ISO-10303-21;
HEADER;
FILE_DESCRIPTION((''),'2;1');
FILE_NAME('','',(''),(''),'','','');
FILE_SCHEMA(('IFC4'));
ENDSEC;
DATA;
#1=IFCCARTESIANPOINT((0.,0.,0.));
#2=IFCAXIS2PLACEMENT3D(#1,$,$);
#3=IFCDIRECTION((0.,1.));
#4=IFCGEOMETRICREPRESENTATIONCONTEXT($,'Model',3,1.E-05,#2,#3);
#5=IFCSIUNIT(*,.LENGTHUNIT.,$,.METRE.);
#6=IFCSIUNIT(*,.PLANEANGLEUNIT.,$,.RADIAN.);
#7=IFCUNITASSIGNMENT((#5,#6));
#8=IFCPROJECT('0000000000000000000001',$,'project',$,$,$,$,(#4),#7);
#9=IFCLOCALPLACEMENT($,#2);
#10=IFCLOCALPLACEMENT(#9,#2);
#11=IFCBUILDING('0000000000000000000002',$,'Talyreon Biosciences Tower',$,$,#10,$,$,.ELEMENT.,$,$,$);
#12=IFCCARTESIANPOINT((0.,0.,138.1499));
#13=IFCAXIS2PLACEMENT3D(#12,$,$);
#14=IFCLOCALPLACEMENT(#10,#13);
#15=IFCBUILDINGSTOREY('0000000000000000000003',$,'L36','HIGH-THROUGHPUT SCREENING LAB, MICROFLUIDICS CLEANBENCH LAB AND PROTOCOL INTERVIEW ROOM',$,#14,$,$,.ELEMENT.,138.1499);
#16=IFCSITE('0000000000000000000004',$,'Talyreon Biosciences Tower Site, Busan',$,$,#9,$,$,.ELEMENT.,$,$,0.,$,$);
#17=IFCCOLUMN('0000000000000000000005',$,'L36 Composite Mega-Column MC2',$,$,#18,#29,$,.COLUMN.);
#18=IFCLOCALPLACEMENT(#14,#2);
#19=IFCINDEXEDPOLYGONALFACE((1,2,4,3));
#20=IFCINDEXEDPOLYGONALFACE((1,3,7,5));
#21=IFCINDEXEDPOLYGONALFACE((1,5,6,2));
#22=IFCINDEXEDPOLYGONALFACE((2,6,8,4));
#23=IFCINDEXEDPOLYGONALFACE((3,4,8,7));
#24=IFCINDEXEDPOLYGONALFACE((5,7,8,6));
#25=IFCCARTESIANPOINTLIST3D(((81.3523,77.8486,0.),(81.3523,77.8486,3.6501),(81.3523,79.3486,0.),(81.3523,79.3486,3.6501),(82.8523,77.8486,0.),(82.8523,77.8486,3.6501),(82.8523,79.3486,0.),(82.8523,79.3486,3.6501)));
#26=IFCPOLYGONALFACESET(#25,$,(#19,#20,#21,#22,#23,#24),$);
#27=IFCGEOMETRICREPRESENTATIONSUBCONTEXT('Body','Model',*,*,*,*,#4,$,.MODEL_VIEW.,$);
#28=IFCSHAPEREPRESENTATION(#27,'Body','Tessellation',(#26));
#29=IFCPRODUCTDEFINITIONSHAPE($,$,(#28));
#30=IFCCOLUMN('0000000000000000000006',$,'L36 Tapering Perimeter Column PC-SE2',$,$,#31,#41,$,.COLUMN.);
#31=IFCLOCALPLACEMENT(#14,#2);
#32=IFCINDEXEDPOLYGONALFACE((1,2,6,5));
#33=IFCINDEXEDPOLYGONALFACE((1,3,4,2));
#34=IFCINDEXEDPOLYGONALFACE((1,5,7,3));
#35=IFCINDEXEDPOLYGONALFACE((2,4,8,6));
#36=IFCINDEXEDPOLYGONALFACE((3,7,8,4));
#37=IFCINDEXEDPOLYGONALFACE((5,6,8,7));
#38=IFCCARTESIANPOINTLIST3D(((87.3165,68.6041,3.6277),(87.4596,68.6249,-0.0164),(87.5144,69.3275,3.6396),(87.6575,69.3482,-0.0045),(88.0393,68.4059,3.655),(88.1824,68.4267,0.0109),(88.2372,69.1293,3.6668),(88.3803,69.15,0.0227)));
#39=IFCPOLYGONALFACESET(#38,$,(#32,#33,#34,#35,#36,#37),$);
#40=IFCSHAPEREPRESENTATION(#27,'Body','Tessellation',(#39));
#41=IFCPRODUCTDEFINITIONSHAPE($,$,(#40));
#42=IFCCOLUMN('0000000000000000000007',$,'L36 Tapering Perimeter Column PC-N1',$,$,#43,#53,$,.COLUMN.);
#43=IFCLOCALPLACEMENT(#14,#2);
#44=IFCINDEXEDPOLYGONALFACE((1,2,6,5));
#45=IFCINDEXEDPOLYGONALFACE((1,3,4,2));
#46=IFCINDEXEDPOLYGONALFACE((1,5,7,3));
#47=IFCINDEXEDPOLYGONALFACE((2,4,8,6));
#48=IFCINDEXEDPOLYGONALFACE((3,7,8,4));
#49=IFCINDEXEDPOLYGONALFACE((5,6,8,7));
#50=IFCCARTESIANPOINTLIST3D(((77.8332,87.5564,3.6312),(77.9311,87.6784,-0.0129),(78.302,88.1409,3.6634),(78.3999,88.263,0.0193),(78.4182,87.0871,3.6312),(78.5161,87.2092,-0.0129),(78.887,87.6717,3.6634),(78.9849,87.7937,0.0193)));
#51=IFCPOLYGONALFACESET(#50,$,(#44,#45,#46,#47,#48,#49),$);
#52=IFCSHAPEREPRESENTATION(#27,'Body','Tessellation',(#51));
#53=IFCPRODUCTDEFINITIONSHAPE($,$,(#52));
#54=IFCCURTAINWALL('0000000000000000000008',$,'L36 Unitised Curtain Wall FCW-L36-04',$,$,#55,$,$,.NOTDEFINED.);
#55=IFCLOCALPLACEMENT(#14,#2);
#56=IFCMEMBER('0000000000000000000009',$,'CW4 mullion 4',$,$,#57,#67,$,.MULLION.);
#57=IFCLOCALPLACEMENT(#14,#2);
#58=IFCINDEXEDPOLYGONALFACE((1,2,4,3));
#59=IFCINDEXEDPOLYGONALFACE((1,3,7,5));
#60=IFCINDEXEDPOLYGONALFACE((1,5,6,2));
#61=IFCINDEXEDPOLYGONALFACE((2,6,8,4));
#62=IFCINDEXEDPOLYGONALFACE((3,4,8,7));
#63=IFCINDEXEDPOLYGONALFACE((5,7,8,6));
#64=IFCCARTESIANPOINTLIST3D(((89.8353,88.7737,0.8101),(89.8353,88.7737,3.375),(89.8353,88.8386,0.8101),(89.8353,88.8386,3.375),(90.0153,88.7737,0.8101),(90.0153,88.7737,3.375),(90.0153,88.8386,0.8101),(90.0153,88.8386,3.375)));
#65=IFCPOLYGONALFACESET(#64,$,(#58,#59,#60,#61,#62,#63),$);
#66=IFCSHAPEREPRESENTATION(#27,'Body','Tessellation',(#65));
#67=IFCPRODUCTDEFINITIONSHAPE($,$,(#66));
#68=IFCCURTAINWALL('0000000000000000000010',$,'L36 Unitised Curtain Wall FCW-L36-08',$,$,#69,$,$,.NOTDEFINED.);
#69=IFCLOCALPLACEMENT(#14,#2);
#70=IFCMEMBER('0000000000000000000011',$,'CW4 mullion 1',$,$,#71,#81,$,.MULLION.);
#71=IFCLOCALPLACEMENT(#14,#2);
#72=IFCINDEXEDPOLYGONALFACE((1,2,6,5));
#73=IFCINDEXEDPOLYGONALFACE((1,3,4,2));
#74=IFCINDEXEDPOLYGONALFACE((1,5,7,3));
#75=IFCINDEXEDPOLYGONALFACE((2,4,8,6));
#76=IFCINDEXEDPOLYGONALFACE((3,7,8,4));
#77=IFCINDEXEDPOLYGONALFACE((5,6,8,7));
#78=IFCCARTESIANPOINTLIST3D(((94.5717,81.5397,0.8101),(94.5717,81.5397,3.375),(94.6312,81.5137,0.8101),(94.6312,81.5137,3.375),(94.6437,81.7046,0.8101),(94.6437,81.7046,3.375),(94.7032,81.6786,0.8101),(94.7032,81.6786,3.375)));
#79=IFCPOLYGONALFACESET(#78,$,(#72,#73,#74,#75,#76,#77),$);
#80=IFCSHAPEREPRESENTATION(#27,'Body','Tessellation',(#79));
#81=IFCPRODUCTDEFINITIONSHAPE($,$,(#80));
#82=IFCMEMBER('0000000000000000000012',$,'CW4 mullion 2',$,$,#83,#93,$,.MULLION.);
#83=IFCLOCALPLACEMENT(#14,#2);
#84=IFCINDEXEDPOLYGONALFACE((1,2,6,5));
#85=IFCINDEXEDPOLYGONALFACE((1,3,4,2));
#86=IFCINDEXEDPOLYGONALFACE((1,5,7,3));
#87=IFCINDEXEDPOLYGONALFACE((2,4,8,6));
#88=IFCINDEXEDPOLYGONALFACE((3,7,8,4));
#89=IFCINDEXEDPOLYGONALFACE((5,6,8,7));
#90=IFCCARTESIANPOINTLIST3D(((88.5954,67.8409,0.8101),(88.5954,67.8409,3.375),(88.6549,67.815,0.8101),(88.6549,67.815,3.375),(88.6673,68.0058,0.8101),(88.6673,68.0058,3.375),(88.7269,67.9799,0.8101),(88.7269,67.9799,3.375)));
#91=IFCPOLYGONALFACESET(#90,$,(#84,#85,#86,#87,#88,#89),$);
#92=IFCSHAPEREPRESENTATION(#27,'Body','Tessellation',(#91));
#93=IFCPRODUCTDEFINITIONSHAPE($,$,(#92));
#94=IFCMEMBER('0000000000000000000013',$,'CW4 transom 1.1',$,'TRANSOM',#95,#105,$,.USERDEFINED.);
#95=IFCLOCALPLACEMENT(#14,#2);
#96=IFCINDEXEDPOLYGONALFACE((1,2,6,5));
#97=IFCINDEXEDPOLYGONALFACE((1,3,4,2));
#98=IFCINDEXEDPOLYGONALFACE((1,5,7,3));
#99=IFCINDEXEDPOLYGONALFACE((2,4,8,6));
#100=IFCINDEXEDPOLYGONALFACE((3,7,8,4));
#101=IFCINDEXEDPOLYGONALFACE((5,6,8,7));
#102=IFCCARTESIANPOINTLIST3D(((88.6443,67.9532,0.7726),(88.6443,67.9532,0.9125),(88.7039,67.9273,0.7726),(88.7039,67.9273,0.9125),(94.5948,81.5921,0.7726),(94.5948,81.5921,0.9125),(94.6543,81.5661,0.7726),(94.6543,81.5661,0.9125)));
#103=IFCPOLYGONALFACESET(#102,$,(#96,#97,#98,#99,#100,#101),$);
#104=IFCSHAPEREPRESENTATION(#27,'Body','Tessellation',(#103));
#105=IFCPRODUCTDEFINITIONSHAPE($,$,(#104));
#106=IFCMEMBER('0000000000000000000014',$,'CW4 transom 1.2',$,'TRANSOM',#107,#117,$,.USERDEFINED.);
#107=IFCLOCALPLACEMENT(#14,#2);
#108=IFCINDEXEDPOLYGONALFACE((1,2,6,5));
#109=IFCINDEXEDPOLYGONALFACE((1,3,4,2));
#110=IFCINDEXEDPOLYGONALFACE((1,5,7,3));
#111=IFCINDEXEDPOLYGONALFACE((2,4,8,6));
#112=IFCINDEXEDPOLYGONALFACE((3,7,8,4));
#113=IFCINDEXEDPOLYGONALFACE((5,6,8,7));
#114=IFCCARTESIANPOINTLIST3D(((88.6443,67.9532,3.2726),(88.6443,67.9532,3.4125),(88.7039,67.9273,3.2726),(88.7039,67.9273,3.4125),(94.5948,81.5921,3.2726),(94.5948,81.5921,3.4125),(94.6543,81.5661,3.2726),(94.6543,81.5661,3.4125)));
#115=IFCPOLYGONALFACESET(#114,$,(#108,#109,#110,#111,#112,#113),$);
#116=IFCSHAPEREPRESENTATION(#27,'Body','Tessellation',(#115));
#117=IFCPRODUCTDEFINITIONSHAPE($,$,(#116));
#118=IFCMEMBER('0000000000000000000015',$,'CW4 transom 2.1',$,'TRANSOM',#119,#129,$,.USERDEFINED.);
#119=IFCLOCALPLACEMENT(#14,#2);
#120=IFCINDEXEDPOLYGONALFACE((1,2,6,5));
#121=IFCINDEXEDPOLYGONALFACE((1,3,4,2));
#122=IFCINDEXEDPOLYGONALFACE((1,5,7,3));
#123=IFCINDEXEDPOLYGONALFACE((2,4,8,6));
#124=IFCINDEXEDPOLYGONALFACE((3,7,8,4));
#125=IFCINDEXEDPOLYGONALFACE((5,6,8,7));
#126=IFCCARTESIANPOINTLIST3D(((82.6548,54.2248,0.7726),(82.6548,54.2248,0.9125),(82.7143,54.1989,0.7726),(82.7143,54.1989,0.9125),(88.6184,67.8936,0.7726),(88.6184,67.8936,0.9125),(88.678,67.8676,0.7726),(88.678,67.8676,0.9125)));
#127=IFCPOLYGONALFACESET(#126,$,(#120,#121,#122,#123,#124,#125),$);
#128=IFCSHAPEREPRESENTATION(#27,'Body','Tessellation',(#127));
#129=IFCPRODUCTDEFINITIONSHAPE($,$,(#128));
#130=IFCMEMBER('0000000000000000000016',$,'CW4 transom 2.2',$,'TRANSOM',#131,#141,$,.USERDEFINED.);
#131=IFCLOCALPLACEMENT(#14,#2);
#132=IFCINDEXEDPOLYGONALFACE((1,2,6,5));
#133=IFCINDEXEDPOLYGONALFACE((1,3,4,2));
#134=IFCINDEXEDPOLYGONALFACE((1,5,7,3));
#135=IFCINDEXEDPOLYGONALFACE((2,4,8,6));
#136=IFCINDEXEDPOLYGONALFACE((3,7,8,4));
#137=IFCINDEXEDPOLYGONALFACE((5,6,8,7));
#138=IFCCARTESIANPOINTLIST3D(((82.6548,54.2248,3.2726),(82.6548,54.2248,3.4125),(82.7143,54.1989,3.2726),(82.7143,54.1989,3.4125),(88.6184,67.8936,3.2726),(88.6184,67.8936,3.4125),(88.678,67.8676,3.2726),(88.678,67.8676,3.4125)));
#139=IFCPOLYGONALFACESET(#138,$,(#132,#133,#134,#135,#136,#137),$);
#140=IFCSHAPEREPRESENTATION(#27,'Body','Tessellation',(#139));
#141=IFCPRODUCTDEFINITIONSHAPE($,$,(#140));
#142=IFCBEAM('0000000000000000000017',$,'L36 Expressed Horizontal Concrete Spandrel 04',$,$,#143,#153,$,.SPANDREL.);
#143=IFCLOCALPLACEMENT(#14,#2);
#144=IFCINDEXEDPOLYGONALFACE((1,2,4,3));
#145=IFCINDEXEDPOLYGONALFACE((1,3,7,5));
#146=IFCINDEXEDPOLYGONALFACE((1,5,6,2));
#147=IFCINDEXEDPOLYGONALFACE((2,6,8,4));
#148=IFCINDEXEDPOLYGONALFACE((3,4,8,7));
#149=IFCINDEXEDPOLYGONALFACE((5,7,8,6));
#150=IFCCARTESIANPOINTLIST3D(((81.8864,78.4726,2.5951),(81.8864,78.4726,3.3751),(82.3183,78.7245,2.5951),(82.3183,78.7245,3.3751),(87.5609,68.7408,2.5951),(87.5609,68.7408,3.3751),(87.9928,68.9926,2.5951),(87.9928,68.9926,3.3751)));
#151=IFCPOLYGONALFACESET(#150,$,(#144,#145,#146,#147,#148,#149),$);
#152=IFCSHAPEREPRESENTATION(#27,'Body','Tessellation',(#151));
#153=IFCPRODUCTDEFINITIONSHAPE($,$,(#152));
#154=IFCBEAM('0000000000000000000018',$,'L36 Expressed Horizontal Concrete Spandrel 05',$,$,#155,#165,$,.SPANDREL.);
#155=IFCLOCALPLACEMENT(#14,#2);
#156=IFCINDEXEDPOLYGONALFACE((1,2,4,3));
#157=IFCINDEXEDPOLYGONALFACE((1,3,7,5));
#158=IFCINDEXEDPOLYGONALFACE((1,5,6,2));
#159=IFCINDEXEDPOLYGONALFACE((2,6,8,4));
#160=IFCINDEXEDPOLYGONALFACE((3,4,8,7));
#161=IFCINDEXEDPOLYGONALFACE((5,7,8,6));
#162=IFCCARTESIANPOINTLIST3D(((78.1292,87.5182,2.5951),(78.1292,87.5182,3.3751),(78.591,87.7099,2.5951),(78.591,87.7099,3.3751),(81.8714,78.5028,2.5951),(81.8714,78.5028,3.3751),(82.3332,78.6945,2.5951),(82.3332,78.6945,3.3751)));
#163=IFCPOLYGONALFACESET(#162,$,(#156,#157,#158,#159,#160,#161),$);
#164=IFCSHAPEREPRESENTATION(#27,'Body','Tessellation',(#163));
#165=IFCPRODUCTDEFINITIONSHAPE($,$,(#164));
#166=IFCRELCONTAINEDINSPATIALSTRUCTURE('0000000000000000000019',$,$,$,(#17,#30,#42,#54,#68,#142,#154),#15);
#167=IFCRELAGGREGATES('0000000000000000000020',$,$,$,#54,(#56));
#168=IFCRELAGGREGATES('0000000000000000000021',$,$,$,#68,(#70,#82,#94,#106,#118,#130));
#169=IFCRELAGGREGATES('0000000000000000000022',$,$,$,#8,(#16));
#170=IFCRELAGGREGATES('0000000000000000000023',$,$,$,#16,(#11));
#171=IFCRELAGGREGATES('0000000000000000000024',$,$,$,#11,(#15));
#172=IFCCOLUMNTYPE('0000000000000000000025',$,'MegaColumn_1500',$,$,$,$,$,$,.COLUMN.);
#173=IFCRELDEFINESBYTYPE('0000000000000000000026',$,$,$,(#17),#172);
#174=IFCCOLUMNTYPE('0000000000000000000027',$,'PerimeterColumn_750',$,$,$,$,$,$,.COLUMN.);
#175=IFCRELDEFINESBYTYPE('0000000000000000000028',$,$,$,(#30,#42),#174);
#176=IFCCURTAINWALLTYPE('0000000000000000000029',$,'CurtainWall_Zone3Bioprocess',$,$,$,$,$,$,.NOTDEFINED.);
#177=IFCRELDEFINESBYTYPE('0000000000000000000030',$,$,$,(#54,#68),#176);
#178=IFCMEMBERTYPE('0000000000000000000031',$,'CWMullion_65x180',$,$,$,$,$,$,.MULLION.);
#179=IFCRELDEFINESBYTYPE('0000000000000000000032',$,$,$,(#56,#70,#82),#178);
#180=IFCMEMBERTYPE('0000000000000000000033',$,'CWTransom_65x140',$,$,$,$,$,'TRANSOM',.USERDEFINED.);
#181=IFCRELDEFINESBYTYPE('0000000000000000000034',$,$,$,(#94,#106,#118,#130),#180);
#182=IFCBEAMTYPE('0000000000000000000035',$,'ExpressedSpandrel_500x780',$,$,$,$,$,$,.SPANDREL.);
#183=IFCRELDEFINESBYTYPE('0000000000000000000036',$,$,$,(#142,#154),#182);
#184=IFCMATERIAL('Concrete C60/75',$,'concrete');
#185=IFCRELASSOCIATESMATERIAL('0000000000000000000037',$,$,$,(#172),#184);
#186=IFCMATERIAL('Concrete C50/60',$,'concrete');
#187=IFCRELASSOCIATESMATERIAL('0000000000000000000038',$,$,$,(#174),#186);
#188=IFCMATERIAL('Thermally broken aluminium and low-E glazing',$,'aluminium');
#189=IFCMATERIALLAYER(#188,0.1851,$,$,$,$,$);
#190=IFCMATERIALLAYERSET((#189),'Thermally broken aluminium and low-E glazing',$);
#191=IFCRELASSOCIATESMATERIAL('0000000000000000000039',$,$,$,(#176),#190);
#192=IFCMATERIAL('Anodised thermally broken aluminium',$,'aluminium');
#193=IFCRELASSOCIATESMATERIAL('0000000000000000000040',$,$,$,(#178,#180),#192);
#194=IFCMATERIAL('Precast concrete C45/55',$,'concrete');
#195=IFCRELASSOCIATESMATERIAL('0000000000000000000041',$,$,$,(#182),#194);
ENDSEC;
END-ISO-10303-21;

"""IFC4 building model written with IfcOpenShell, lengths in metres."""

from ifc_helpers import new_model, si_unit, direction, frame, origin, origin_2d, place, context, subcontext, project, spatial, rectangle, extrude, material, layer, layer_set, material_profile, profile_set, type_object, element, aggregate, save


model = new_model("IFC4")

# Units and contexts
model_context = context("Model", 3, precision=1e-05, world=origin(), true_north=direction((0.0, 1.0)))
body_context = subcontext(model_context, "Body", "Model", "MODEL_VIEW")
ifc_project = project(units=[si_unit("LENGTHUNIT", "METRE"), si_unit("PLANEANGLEUNIT", "RADIAN")], contexts=[model_context])

# Site, building, storey
site_placement = place(None, origin())
site = spatial("IfcSite", under=ifc_project, at=site_placement, Name="Talyreon Biosciences Tower Site, Busan", CompositionType="ELEMENT", RefElevation=0.0)
building_placement = place(site_placement, origin())
building = spatial("IfcBuilding", under=site, at=building_placement, Name="Talyreon Biosciences Tower", CompositionType="ELEMENT")
storey_placement = place(building_placement, frame((0.0, 0.0, 138.1499)))
storey = spatial("IfcBuildingStorey", under=building, at=storey_placement, Name="L36", Description="HIGH-THROUGHPUT SCREENING LAB, MICROFLUIDICS CLEANBENCH LAB AND PROTOCOL INTERVIEW ROOM", CompositionType="ELEMENT", Elevation=138.1499)

# Columns
ifc_material_1 = material(Name="Concrete C60/75", Category="concrete")
ifc_material_profile_1 = material_profile(ifc_material_1, rectangle(XDim=1.5, YDim=1.5, at=origin_2d()), Name="RC 1500x1500")
ifc_profile_set_1 = profile_set([ifc_material_profile_1], Name="Concrete C60/75")
column_type_1 = type_object("IfcColumnType", Name="MegaColumn_1500", PredefinedType="COLUMN", material=ifc_profile_set_1)
column_1_placement = place(storey_placement, frame((82.1023, 78.5986, 0.0), z_axis=(0.0, 0.0, 1.0), x_axis=(1.0, 0.0, 0.0)))
element("IfcColumn", 1, at=column_1_placement, inside=storey, type_object=column_type_1, Name="L36 Composite Mega-Column MC2", PredefinedType="COLUMN", context=body_context, shape_type="SweptSolid", body=[
    extrude(rectangle(XDim=1.5, YDim=1.5, at=origin_2d()), origin(), (0.0, 0.0, 1.0), 3.6501),
])
ifc_material_2 = material(Name="Concrete C50/60", Category="concrete")
ifc_material_profile_2 = material_profile(ifc_material_2, rectangle(XDim=0.75, YDim=0.75, at=origin_2d()), Name="RC 750x750")
ifc_profile_set_2 = profile_set([ifc_material_profile_2], Name="Concrete C50/60")
column_type_2 = type_object("IfcColumnType", Name="PerimeterColumn_750", PredefinedType="COLUMN", material=ifc_profile_set_2)
column_2_placement = place(storey_placement, frame((87.9199, 68.8875, 0.0032), z_axis=(-0.039229, -0.00569, 0.999214), x_axis=(0.963763, -0.264275, 0.036333)))
element("IfcColumn", 2, at=column_2_placement, inside=storey, type_object=column_type_2, Name="L36 Tapering Perimeter Column PC-SE2", PredefinedType="COLUMN", context=body_context, shape_type="SweptSolid", body=[
    extrude(rectangle(XDim=0.75, YDim=0.75, at=origin_2d()), origin(), (0.0, 0.0, 1.0), 3.647),
])
column_3_placement = place(storey_placement, frame((78.458, 87.7361, 0.0032), z_axis=(-0.026841, -0.033468, 0.999079), x_axis=(-0.780107, 0.625646, 0.0)))
element("IfcColumn", 3, at=column_3_placement, inside=storey, type_object=column_type_2, Name="L36 Tapering Perimeter Column PC-N1", PredefinedType="COLUMN", context=body_context, shape_type="SweptSolid", body=[
    extrude(rectangle(XDim=0.75, YDim=0.75, at=origin_2d()), origin(), (0.0, 0.0, 1.0), 3.6475),
])

# Curtain wall, member
ifc_material_3 = material(Name="Thermally broken aluminium and low-E glazing", Category="aluminium")
ifc_layer_1 = layer(ifc_material_3, 0.1851)
ifc_layer_set_1 = layer_set([ifc_layer_1], Name="Thermally broken aluminium and low-E glazing")
curtain_wall_type = type_object("IfcCurtainWallType", Name="CurtainWall_Zone3Bioprocess", PredefinedType="NOTDEFINED", material=ifc_layer_set_1)
curtain_wall_1_placement = place(storey_placement, origin())
curtain_wall_1 = element("IfcCurtainWall", 4, at=curtain_wall_1_placement, inside=storey, type_object=curtain_wall_type, Name="L36 Unitised Curtain Wall FCW-L36-04", PredefinedType="NOTDEFINED")
ifc_material_4 = material(Name="Anodised thermally broken aluminium", Category="aluminium")
ifc_material_profile_3 = material_profile(ifc_material_4, rectangle(XDim=0.0649, YDim=0.1799, at=origin_2d()), Name="ALUM MULLION 65x180")
ifc_profile_set_3 = profile_set([ifc_material_profile_3], Name="Anodised thermally broken aluminium")
member_type_1 = type_object("IfcMemberType", Name="CWMullion_65x180", PredefinedType="MULLION", material=ifc_profile_set_3)
member_1_placement = place(storey_placement, frame((89.9253, 88.8062, 0.8101), z_axis=(0.0, 0.0, 1.0), x_axis=(0.0, 1.0, 0.0)))
member_1 = element("IfcMember", 5, at=member_1_placement, type_object=member_type_1, Name="CW4 mullion 4", PredefinedType="MULLION", context=body_context, shape_type="SweptSolid", body=[
    extrude(rectangle(XDim=0.0649, YDim=0.1799, at=origin_2d()), origin(), (0.0, 0.0, 1.0), 2.5649),
])

# Curtain wall, members
curtain_wall_2_placement = place(storey_placement, origin())
curtain_wall_2 = element("IfcCurtainWall", 6, at=curtain_wall_2_placement, inside=storey, type_object=curtain_wall_type, Name="L36 Unitised Curtain Wall FCW-L36-08", PredefinedType="NOTDEFINED")
member_2_placement = place(storey_placement, frame((94.6375, 81.6091, 0.8101), z_axis=(0.0, 0.0, 1.0), x_axis=(0.916566, -0.399882, 0.0)))
member_2 = element("IfcMember", 7, at=member_2_placement, type_object=member_type_1, Name="CW4 mullion 1", PredefinedType="MULLION", context=body_context, shape_type="SweptSolid", body=[
    extrude(rectangle(XDim=0.0649, YDim=0.1799, at=origin_2d()), origin(), (0.0, 0.0, 1.0), 2.5649),
])
member_3_placement = place(storey_placement, frame((88.6611, 67.9104, 0.8101), z_axis=(0.0, 0.0, 1.0), x_axis=(0.916566, -0.399882, 0.0)))
member_3 = element("IfcMember", 8, at=member_3_placement, type_object=member_type_1, Name="CW4 mullion 2", PredefinedType="MULLION", context=body_context, shape_type="SweptSolid", body=[
    extrude(rectangle(XDim=0.0649, YDim=0.1799, at=origin_2d()), origin(), (0.0, 0.0, 1.0), 2.5649),
])
ifc_material_profile_4 = material_profile(ifc_material_4, rectangle(XDim=0.0649, YDim=0.1399, at=origin_2d()), Name="ALUM TRANSOM 65x140")
ifc_profile_set_4 = profile_set([ifc_material_profile_4], Name="Anodised thermally broken aluminium")
member_type_2 = type_object("IfcMemberType", Name="CWTransom_65x140", ElementType="TRANSOM", PredefinedType="USERDEFINED", material=ifc_profile_set_4)
member_4_placement = place(storey_placement, frame((94.6245, 81.5791, 0.8425), z_axis=(-0.399883, -0.916566, 0.0), x_axis=(0.916566, -0.399883, 0.0)))
member_4 = element("IfcMember", 9, at=member_4_placement, type_object=member_type_2, Name="CW4 transom 1.1", ObjectType="TRANSOM", PredefinedType="USERDEFINED", context=body_context, shape_type="SweptSolid", body=[
    extrude(rectangle(XDim=0.0649, YDim=0.1399, at=origin_2d()), origin(), (0.0, 0.0, 1.0), 14.8804),
])
member_5_placement = place(storey_placement, frame((94.6245, 81.5791, 3.3425), z_axis=(-0.399883, -0.916566, 0.0), x_axis=(0.916566, -0.399883, 0.0)))
member_5 = element("IfcMember", 10, at=member_5_placement, type_object=member_type_2, Name="CW4 transom 1.2", ObjectType="TRANSOM", PredefinedType="USERDEFINED", context=body_context, shape_type="SweptSolid", body=[
    extrude(rectangle(XDim=0.0649, YDim=0.1399, at=origin_2d()), origin(), (0.0, 0.0, 1.0), 14.8804),
])
member_6_placement = place(storey_placement, frame((88.6482, 67.8806, 0.8425), z_axis=(-0.399894, -0.916562, 0.0), x_axis=(0.916562, -0.399894, 0.0)))
member_6 = element("IfcMember", 11, at=member_6_placement, type_object=member_type_2, Name="CW4 transom 2.1", ObjectType="TRANSOM", PredefinedType="USERDEFINED", context=body_context, shape_type="SweptSolid", body=[
    extrude(rectangle(XDim=0.0649, YDim=0.1399, at=origin_2d()), origin(), (0.0, 0.0, 1.0), 14.9131),
])
member_7_placement = place(storey_placement, frame((88.6482, 67.8806, 3.3425), z_axis=(-0.399894, -0.916562, 0.0), x_axis=(0.916562, -0.399894, 0.0)))
member_7 = element("IfcMember", 12, at=member_7_placement, type_object=member_type_2, Name="CW4 transom 2.2", ObjectType="TRANSOM", PredefinedType="USERDEFINED", context=body_context, shape_type="SweptSolid", body=[
    extrude(rectangle(XDim=0.0649, YDim=0.1399, at=origin_2d()), origin(), (0.0, 0.0, 1.0), 14.9131),
])

# Beams
ifc_material_5 = material(Name="Precast concrete C45/55", Category="concrete")
ifc_material_profile_5 = material_profile(ifc_material_5, rectangle(XDim=0.5, YDim=0.78, at=origin_2d()), Name="RCB 500x780")
ifc_profile_set_5 = profile_set([ifc_material_profile_5], Name="Precast concrete C45/55")
beam_type_1 = type_object("IfcBeamType", Name="ExpressedSpandrel_500x780", PredefinedType="SPANDREL", material=ifc_profile_set_5)
beam_1_placement = place(storey_placement, frame((87.7769, 68.8667, 2.9851), z_axis=(-0.503712, 0.863872, 0.0), x_axis=(-0.863872, -0.503712, 0.0)))
element("IfcBeam", 13, at=beam_1_placement, inside=storey, type_object=beam_type_1, Name="L36 Expressed Horizontal Concrete Spandrel 04", PredefinedType="SPANDREL", context=body_context, shape_type="SweptSolid", body=[
    extrude(rectangle(XDim=0.5, YDim=0.78, at=origin_2d()), origin(), (0.0, 0.0, 1.0), 11.2654),
])
beam_2_placement = place(storey_placement, frame((82.1023, 78.5986, 2.9851), z_axis=(-0.383374, 0.923593, 0.0), x_axis=(-0.923593, -0.383374, 0.0)))
element("IfcBeam", 14, at=beam_2_placement, inside=storey, type_object=beam_type_1, Name="L36 Expressed Horizontal Concrete Spandrel 05", PredefinedType="SPANDREL", context=body_context, shape_type="SweptSolid", body=[
    extrude(rectangle(XDim=0.5, YDim=0.78, at=origin_2d()), origin(), (0.0, 0.0, 1.0), 9.7612),
])

aggregate(curtain_wall_1, [member_1])
aggregate(curtain_wall_2, [member_2, member_3, member_4, member_5, member_6, member_7])

save(model, "model.ifc")
